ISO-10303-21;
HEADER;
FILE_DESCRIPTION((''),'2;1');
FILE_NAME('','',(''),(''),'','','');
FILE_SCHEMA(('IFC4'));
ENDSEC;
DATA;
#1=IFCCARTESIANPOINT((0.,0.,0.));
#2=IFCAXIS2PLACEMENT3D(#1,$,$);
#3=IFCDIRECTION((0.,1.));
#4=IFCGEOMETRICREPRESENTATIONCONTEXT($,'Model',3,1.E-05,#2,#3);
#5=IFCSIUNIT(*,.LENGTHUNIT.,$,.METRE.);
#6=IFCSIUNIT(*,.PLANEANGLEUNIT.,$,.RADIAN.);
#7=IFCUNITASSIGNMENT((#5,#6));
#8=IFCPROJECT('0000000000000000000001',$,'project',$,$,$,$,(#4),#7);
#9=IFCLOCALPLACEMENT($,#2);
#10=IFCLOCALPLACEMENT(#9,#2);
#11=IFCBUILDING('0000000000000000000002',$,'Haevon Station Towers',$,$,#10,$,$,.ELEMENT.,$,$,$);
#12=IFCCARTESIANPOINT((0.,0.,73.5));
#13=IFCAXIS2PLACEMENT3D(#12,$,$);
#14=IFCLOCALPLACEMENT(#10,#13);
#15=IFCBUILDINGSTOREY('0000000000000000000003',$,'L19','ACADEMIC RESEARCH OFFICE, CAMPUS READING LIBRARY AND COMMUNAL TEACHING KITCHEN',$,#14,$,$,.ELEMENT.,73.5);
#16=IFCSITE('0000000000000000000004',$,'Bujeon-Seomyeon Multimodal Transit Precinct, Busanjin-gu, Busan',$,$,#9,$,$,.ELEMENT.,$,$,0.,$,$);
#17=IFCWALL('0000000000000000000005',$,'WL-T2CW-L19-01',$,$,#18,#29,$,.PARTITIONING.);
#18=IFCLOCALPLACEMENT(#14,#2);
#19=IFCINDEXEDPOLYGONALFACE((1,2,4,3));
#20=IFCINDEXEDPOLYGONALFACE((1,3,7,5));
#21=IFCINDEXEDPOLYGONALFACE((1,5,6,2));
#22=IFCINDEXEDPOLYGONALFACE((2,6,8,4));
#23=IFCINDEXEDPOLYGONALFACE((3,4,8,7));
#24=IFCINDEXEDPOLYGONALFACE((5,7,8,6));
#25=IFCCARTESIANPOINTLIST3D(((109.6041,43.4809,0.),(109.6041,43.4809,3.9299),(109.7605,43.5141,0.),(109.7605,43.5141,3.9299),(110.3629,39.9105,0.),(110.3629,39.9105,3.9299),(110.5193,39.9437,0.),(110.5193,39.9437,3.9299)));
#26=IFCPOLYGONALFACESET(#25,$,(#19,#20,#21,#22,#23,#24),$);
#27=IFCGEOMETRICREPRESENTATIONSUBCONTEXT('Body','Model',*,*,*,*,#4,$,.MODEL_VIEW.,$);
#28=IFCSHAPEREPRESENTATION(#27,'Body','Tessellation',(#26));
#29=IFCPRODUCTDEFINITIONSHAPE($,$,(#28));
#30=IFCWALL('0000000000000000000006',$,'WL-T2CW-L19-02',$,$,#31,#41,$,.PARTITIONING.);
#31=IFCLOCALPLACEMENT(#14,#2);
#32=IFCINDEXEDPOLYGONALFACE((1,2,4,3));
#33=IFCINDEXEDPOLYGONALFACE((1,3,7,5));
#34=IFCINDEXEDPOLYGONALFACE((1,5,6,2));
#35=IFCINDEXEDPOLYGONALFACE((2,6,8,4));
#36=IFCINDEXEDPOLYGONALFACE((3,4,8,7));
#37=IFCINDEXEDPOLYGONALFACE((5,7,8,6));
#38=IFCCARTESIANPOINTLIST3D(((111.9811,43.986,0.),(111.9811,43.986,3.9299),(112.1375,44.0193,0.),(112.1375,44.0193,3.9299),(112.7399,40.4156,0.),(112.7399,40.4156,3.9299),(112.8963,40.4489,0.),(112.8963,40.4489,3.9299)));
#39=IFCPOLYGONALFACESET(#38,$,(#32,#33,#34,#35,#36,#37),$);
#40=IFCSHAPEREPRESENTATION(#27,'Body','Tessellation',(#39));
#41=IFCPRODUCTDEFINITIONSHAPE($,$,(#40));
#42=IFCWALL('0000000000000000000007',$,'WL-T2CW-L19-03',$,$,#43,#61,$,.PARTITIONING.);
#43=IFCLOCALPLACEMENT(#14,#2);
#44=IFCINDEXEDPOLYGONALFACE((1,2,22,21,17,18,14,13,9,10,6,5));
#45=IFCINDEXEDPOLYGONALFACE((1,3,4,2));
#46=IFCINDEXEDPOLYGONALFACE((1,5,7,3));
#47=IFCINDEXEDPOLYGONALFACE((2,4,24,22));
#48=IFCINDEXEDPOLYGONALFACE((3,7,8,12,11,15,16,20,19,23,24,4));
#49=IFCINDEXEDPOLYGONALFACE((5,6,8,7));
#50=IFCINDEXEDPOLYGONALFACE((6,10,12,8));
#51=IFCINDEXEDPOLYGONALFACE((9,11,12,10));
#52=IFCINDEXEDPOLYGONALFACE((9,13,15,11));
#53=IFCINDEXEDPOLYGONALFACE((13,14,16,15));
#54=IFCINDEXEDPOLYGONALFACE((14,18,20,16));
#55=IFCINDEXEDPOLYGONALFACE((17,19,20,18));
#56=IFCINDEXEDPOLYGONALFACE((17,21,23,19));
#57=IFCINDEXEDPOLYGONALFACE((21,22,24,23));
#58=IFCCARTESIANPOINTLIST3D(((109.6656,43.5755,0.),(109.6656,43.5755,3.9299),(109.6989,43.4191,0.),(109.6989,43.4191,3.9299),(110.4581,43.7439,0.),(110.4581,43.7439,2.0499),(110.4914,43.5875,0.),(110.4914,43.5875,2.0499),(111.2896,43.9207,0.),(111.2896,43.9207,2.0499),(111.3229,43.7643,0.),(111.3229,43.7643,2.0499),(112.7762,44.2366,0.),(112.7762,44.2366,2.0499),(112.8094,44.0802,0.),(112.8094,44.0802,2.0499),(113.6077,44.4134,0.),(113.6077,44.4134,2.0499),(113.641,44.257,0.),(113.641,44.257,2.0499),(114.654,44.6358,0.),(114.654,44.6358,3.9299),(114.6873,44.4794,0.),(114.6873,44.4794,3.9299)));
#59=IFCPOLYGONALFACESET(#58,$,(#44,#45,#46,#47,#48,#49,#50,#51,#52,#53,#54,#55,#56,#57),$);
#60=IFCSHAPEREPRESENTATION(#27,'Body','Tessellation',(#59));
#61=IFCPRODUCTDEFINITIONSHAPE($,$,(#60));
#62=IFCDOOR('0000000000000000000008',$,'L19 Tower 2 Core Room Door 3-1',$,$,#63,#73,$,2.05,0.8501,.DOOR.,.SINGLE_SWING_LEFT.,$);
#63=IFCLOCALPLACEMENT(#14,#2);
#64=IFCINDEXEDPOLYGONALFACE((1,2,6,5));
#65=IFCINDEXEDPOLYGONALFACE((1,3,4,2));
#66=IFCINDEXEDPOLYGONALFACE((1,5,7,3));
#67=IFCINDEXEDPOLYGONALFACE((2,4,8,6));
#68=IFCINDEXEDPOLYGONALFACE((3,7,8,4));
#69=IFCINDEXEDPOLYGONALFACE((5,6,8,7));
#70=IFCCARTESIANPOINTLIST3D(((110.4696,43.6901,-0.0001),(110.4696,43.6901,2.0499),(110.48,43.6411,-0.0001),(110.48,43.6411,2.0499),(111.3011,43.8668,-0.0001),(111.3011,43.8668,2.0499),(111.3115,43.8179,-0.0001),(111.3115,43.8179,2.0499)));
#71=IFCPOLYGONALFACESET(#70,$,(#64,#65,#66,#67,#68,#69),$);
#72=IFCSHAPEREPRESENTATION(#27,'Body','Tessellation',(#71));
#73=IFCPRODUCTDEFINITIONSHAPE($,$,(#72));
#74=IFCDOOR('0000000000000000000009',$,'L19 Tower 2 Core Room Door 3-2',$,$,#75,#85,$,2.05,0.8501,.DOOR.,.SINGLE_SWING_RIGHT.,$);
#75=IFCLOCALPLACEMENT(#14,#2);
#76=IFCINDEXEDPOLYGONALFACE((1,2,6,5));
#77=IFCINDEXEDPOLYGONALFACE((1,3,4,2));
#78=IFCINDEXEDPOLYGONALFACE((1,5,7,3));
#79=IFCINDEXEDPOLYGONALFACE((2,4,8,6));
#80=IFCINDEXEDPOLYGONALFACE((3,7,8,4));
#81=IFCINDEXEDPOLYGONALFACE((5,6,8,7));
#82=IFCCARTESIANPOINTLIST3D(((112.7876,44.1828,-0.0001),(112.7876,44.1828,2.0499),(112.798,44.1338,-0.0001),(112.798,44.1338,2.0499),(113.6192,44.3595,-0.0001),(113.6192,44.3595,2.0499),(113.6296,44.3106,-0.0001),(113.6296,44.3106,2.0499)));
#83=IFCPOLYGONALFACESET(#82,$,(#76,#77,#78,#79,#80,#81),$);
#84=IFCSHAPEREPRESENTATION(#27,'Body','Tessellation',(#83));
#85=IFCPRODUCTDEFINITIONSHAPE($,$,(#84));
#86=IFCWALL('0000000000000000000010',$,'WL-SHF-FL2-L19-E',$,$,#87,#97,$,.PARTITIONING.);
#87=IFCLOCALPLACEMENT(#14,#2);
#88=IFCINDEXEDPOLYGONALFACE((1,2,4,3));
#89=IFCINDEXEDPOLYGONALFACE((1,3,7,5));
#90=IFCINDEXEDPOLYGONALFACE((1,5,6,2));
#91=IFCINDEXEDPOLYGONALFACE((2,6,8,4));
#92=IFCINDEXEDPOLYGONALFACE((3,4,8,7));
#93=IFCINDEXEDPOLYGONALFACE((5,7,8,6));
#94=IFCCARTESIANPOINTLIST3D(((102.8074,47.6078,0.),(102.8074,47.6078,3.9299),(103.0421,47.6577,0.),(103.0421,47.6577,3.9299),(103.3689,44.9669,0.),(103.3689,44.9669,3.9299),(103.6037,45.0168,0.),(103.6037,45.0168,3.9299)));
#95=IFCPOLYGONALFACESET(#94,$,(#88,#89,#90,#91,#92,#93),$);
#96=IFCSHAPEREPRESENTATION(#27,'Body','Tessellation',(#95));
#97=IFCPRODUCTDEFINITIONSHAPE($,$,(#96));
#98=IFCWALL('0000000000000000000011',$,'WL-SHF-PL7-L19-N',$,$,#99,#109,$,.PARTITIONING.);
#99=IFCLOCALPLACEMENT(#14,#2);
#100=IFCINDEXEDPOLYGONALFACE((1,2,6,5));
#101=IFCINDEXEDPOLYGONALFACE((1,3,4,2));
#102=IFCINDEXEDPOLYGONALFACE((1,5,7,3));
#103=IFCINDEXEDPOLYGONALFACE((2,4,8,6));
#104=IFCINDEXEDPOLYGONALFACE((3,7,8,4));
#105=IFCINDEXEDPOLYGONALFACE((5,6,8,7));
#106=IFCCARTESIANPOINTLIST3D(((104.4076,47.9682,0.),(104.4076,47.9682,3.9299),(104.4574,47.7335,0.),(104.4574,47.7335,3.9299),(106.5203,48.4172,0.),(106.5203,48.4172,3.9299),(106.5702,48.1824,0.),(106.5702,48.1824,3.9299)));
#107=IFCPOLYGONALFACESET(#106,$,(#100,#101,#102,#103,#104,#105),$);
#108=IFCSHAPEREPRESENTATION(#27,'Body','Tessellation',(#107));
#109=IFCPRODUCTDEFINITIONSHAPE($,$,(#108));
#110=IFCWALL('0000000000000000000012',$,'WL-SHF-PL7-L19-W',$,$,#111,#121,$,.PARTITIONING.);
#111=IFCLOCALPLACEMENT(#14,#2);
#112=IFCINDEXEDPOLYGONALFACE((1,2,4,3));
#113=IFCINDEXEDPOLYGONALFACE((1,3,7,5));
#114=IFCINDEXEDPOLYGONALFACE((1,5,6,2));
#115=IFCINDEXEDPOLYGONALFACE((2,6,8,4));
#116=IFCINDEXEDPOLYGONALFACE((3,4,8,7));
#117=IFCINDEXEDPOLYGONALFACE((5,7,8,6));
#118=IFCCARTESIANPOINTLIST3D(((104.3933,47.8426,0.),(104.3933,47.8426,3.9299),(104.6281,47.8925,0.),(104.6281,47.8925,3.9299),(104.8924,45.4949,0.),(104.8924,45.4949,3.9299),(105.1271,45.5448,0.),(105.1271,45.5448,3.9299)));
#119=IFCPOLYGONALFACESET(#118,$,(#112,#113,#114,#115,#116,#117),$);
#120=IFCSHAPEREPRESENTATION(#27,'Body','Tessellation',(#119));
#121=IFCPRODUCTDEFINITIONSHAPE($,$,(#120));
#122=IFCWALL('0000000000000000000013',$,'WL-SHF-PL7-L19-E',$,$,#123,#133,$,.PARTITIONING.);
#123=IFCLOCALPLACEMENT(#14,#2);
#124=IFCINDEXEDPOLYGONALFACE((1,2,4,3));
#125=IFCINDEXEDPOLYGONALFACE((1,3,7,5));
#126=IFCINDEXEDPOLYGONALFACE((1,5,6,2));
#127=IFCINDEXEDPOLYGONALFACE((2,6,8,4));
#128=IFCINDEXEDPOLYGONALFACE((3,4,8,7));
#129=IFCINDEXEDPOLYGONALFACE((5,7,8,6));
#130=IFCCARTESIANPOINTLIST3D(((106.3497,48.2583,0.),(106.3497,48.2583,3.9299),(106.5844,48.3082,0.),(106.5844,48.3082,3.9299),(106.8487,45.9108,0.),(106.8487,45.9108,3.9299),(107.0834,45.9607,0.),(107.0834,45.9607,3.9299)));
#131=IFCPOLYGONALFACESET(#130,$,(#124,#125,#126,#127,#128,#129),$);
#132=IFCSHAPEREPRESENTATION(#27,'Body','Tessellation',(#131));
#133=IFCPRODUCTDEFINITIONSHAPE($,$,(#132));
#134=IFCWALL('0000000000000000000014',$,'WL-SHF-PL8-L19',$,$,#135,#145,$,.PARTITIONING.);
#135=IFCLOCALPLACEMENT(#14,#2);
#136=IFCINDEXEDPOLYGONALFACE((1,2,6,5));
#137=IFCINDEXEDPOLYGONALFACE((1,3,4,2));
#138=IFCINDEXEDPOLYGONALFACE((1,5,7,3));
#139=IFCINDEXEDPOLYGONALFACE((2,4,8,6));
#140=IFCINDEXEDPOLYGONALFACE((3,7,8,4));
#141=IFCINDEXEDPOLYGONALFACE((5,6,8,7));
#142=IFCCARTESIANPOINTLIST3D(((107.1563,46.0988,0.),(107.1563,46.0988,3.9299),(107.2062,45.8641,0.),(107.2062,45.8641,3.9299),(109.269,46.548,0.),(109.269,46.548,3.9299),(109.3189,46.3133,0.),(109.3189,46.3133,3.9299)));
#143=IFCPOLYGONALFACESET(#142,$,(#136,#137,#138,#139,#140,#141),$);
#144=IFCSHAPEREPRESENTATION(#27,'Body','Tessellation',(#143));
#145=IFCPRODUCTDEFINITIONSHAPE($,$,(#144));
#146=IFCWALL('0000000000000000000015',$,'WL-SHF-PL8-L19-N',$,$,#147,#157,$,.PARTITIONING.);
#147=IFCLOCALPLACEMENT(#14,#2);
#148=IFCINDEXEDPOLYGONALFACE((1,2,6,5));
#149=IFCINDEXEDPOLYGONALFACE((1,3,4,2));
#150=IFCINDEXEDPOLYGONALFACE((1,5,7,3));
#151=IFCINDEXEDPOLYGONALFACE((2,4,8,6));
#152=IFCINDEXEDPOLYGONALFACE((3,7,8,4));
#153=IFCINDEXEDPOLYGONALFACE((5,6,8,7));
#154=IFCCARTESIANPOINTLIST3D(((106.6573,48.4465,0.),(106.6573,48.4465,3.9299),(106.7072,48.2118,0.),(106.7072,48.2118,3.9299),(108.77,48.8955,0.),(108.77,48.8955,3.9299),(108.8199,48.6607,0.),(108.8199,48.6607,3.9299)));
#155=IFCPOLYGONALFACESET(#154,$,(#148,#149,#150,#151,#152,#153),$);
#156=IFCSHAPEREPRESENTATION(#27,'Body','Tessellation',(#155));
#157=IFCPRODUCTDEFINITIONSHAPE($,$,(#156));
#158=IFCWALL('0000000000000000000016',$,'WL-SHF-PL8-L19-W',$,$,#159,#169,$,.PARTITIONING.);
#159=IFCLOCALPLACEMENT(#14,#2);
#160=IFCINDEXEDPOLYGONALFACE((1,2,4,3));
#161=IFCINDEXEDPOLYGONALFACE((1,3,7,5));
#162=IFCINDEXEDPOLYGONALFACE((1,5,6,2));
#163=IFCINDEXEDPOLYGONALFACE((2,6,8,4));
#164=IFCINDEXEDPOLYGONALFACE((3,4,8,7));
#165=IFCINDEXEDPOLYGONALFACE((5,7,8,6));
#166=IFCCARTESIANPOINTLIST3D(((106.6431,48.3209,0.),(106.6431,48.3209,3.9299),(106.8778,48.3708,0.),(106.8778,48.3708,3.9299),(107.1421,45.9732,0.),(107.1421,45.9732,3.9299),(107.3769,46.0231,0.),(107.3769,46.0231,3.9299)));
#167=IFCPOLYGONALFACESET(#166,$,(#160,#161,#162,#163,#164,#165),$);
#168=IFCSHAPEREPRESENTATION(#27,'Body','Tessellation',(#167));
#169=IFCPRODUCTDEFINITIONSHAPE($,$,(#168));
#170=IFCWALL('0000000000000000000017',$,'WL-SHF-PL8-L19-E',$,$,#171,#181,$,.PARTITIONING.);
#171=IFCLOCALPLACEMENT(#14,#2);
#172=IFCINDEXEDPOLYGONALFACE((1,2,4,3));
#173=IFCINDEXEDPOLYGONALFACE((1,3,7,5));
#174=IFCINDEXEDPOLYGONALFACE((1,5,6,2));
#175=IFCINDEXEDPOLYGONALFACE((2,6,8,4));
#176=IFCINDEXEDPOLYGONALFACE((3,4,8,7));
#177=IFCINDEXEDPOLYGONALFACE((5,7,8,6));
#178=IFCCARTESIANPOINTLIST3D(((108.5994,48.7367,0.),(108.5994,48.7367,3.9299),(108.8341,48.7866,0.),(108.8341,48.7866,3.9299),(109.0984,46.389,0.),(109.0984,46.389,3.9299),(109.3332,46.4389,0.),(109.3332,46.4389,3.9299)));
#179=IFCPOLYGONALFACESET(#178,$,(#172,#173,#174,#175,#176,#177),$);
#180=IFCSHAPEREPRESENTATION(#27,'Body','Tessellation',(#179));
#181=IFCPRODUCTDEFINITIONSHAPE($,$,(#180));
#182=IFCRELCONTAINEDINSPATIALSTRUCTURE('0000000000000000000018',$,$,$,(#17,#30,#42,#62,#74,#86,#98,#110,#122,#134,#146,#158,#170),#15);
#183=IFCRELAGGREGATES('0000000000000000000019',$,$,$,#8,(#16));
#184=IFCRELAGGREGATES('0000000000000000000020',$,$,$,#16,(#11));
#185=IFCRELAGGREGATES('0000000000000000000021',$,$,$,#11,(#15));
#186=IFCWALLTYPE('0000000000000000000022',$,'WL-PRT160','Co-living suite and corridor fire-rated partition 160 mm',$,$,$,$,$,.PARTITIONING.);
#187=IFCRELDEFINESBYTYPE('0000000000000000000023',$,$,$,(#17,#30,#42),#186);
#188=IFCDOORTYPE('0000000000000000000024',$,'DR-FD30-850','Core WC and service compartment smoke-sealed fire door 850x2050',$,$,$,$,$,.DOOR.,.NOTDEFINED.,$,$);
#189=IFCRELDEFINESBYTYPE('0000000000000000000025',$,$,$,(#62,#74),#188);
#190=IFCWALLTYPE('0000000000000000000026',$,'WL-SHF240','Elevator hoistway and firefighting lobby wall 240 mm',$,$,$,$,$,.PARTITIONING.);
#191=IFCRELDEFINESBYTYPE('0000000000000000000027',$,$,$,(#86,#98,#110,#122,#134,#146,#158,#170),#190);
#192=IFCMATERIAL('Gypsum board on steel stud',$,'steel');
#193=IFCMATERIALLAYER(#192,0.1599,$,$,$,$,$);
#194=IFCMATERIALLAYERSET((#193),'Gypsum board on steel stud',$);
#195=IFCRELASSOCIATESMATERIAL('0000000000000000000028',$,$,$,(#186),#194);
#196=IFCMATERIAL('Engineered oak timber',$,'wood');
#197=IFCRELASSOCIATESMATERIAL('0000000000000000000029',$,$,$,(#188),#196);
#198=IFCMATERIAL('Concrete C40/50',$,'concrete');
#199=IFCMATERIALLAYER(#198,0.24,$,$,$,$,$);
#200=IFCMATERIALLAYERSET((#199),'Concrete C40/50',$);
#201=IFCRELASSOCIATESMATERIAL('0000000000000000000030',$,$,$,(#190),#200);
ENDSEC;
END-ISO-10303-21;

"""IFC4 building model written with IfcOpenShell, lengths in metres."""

from ifc_helpers import new_model, si_unit, direction, frame, frame_2d, origin, place, context, subcontext, project, spatial, rectangle, extrude, material, layer, layer_set, type_object, element, fill, save


model = new_model("IFC4")

# Units and contexts
model_context = context("Model", 3, precision=1e-05, world=origin(), true_north=direction((0.0, 1.0)))
body_context = subcontext(model_context, "Body", "Model", "MODEL_VIEW")
ifc_project = project(units=[si_unit("LENGTHUNIT", "METRE"), si_unit("PLANEANGLEUNIT", "RADIAN")], contexts=[model_context])

# Site, building, storey
site_placement = place(None, origin())
site = spatial("IfcSite", under=ifc_project, at=site_placement, Name="Bujeon-Seomyeon Multimodal Transit Precinct, Busanjin-gu, Busan", CompositionType="ELEMENT", RefElevation=0.0)
building_placement = place(site_placement, origin())
building = spatial("IfcBuilding", under=site, at=building_placement, Name="Haevon Station Towers", CompositionType="ELEMENT")
storey_placement = place(building_placement, frame((0.0, 0.0, 73.5)))
storey = spatial("IfcBuildingStorey", under=building, at=storey_placement, Name="L19", Description="ACADEMIC RESEARCH OFFICE, CAMPUS READING LIBRARY AND COMMUNAL TEACHING KITCHEN", CompositionType="ELEMENT", Elevation=73.5)

# Shared definitions
ifc_material_1 = material(Name="Gypsum board on steel stud", Category="steel")
ifc_material_2 = material(Name="Engineered oak timber", Category="wood")

# Walls
ifc_layer_1 = layer(ifc_material_1, 0.1599)
ifc_layer_set_1 = layer_set([ifc_layer_1], Name="Gypsum board on steel stud")
wall_type_1 = type_object("IfcWallType", Name="WL-PRT160", Description="Co-living suite and corridor fire-rated partition 160 mm", PredefinedType="PARTITIONING", material=ifc_layer_set_1)
for number, where, z_axis, x_axis, name in (
    (1, (110.4412, 39.927, 0.0), (0.0, 0.0, 1.0), (-0.207884, 0.978153, 0.0), "WL-T2CW-L19-01"),
    (2, (112.8181, 40.4321, 0.0), (0.0, 0.0, 1.0), (-0.207884, 0.978153, 0.0), "WL-T2CW-L19-02"),
):
    element("IfcWall", number, at=place(storey_placement, frame(where, z_axis=z_axis, x_axis=x_axis)), inside=storey, type_object=wall_type_1, Name=name, PredefinedType="PARTITIONING", context=body_context, shape_type="SweptSolid", body=[
        extrude(rectangle(XDim=3.6501, YDim=0.1599, at=frame_2d((1.8252, 0.0))), origin(), (0.0, 0.0, 1.0), 3.9299),
    ])

# Wall, openings, doors
wall_1_placement = place(storey_placement, frame((109.6824, 43.4973, 0.0), z_axis=(0.0, 0.0, 1.0), x_axis=(0.978149, 0.207904, 0.0)))
wall_1 = element("IfcWall", 3, at=wall_1_placement, inside=storey, type_object=wall_type_1, Name="WL-T2CW-L19-03", PredefinedType="PARTITIONING", context=body_context, shape_type="SweptSolid", body=[
    extrude(rectangle(XDim=5.0999, YDim=0.1599, at=frame_2d((2.5498, 0.0))), origin(), (0.0, 0.0, 1.0), 3.9299),
])
opening_1_placement = place(wall_1_placement, frame((0.8101, 0.0, 0.0)))
opening_1 = element("IfcOpeningElement", 4, at=opening_1_placement, cuts=wall_1, PredefinedType="OPENING", context=body_context, shape_type="SweptSolid", body=[
    extrude(rectangle(XDim=0.8501, YDim=2.05, at=frame_2d((0.425, 1.0249))), frame((0.0, 0.0898, 0.0), z_axis=(0.0, -1.0, 0.0), x_axis=(1.0, 0.0, 0.0)), (0.0, 0.0, 1.0), 0.1799),
])
opening_2_placement = place(wall_1_placement, frame((3.1799, 0.0, 0.0)))
opening_2 = element("IfcOpeningElement", 5, at=opening_2_placement, cuts=wall_1, PredefinedType="OPENING", context=body_context, shape_type="SweptSolid", body=[
    extrude(rectangle(XDim=0.8501, YDim=2.05, at=frame_2d((0.425, 1.0249))), frame((0.0, 0.0898, 0.0), z_axis=(0.0, -1.0, 0.0), x_axis=(1.0, 0.0, 0.0)), (0.0, 0.0, 1.0), 0.1799),
])
door_type_1 = type_object("IfcDoorType", Name="DR-FD30-850", Description="Core WC and service compartment smoke-sealed fire door 850x2050", OperationType="NOTDEFINED", PredefinedType="DOOR", material=ifc_material_2)
door_1_placement = place(opening_1_placement, origin())
door_1 = element("IfcDoor", 6, at=door_1_placement, inside=storey, type_object=door_type_1, Name="L19 Tower 2 Core Room Door 3-1", OperationType="SINGLE_SWING_LEFT", OverallHeight=2.05, OverallWidth=0.8501, PredefinedType="DOOR", context=body_context, shape_type="SweptSolid", body=[
    extrude(rectangle(XDim=0.8501, YDim=2.05, at=frame_2d((0.425, 1.0249))), frame((0.0, 0.0249, 0.0), z_axis=(0.0, -1.0, 0.0), x_axis=(1.0, 0.0, 0.0)), (0.0, 0.0, 1.0), 0.05),
])
fill(opening_1, door_1)
door_2_placement = place(opening_2_placement, origin())
door_2 = element("IfcDoor", 7, at=door_2_placement, inside=storey, type_object=door_type_1, Name="L19 Tower 2 Core Room Door 3-2", OperationType="SINGLE_SWING_RIGHT", OverallHeight=2.05, OverallWidth=0.8501, PredefinedType="DOOR", context=body_context, shape_type="SweptSolid", body=[
    extrude(rectangle(XDim=0.8501, YDim=2.05, at=frame_2d((0.425, 1.0249))), frame((0.0, 0.0249, 0.0), z_axis=(0.0, -1.0, 0.0), x_axis=(1.0, 0.0, 0.0)), (0.0, 0.0, 1.0), 0.05),
])
fill(opening_2, door_2)

# Wall
ifc_material_3 = material(Name="Concrete C40/50", Category="concrete")
ifc_layer_2 = layer(ifc_material_3, 0.24)
ifc_layer_set_2 = layer_set([ifc_layer_2], Name="Concrete C40/50")
wall_type_2 = type_object("IfcWallType", Name="WL-SHF240", Description="Elevator hoistway and firefighting lobby wall 240 mm", PredefinedType="PARTITIONING", material=ifc_layer_set_2)
wall_2_placement = place(storey_placement, frame((103.4863, 44.9917, 0.0), z_axis=(0.0, 0.0, 1.0), x_axis=(-0.207979, 0.978133, 0.0)))
element("IfcWall", 8, at=wall_2_placement, inside=storey, type_object=wall_type_2, Name="WL-SHF-FL2-L19-E", PredefinedType="PARTITIONING", context=body_context, shape_type="SweptSolid", body=[
    extrude(rectangle(XDim=2.7, YDim=0.24, at=frame_2d((1.3501, 0.0))), origin(), (0.0, 0.0, 1.0), 3.9299),
])

# Walls
wall_3_placement = place(storey_placement, frame((104.4324, 47.8508, 0.0), z_axis=(0.0, 0.0, 1.0), x_axis=(0.978158, 0.207861, 0.0)))
element("IfcWall", 9, at=wall_3_placement, inside=storey, type_object=wall_type_2, Name="WL-SHF-PL7-L19-N", PredefinedType="PARTITIONING", context=body_context, shape_type="SweptSolid", body=[
    extrude(rectangle(XDim=2.1599, YDim=0.24, at=frame_2d((1.0801, 0.0))), origin(), (0.0, 0.0, 1.0), 3.9299),
])
wall_4_placement = place(storey_placement, frame((105.0098, 45.5198, 0.0), z_axis=(0.0, 0.0, 1.0), x_axis=(-0.207917, 0.978146, 0.0)))
element("IfcWall", 10, at=wall_4_placement, inside=storey, type_object=wall_type_2, Name="WL-SHF-PL7-L19-W", PredefinedType="PARTITIONING", context=body_context, shape_type="SweptSolid", body=[
    extrude(rectangle(XDim=2.4001, YDim=0.24, at=frame_2d((1.2002, 0.0))), origin(), (0.0, 0.0, 1.0), 3.9299),
])
wall_5_placement = place(storey_placement, frame((106.9661, 45.9358, 0.0), z_axis=(0.0, 0.0, 1.0), x_axis=(-0.207938, 0.978142, 0.0)))
element("IfcWall", 11, at=wall_5_placement, inside=storey, type_object=wall_type_2, Name="WL-SHF-PL7-L19-E", PredefinedType="PARTITIONING", context=body_context, shape_type="SweptSolid", body=[
    extrude(rectangle(XDim=2.3999, YDim=0.24, at=frame_2d((1.2, 0.0))), origin(), (0.0, 0.0, 1.0), 3.9299),
])
for number, where, z_axis, x_axis, name in (
    (12, (107.1812, 45.9814, 0.0), (0.0, 0.0, 1.0), (0.978135, 0.20797, 0.0), "WL-SHF-PL8-L19"),
    (13, (106.6821, 48.3291, 0.0), (0.0, 0.0, 1.0), (0.978158, 0.207861, 0.0), "WL-SHF-PL8-L19-N"),
):
    element("IfcWall", number, at=place(storey_placement, frame(where, z_axis=z_axis, x_axis=x_axis)), inside=storey, type_object=wall_type_2, Name=name, PredefinedType="PARTITIONING", context=body_context, shape_type="SweptSolid", body=[
        extrude(rectangle(XDim=2.1599, YDim=0.24, at=frame_2d((1.0801, 0.0))), origin(), (0.0, 0.0, 1.0), 3.9299),
    ])
for number, where, z_axis, x_axis, name in (
    (14, (107.2595, 45.998, 0.0), (0.0, 0.0, 1.0), (-0.207917, 0.978146, 0.0), "WL-SHF-PL8-L19-W"),
    (15, (109.2158, 46.4138, 0.0), (0.0, 0.0, 1.0), (-0.207917, 0.978146, 0.0), "WL-SHF-PL8-L19-E"),
):
    element("IfcWall", number, at=place(storey_placement, frame(where, z_axis=z_axis, x_axis=x_axis)), inside=storey, type_object=wall_type_2, Name=name, PredefinedType="PARTITIONING", context=body_context, shape_type="SweptSolid", body=[
        extrude(rectangle(XDim=2.4001, YDim=0.24, at=frame_2d((1.2002, 0.0))), origin(), (0.0, 0.0, 1.0), 3.9299),
    ])

save(model, "model.ifc")
